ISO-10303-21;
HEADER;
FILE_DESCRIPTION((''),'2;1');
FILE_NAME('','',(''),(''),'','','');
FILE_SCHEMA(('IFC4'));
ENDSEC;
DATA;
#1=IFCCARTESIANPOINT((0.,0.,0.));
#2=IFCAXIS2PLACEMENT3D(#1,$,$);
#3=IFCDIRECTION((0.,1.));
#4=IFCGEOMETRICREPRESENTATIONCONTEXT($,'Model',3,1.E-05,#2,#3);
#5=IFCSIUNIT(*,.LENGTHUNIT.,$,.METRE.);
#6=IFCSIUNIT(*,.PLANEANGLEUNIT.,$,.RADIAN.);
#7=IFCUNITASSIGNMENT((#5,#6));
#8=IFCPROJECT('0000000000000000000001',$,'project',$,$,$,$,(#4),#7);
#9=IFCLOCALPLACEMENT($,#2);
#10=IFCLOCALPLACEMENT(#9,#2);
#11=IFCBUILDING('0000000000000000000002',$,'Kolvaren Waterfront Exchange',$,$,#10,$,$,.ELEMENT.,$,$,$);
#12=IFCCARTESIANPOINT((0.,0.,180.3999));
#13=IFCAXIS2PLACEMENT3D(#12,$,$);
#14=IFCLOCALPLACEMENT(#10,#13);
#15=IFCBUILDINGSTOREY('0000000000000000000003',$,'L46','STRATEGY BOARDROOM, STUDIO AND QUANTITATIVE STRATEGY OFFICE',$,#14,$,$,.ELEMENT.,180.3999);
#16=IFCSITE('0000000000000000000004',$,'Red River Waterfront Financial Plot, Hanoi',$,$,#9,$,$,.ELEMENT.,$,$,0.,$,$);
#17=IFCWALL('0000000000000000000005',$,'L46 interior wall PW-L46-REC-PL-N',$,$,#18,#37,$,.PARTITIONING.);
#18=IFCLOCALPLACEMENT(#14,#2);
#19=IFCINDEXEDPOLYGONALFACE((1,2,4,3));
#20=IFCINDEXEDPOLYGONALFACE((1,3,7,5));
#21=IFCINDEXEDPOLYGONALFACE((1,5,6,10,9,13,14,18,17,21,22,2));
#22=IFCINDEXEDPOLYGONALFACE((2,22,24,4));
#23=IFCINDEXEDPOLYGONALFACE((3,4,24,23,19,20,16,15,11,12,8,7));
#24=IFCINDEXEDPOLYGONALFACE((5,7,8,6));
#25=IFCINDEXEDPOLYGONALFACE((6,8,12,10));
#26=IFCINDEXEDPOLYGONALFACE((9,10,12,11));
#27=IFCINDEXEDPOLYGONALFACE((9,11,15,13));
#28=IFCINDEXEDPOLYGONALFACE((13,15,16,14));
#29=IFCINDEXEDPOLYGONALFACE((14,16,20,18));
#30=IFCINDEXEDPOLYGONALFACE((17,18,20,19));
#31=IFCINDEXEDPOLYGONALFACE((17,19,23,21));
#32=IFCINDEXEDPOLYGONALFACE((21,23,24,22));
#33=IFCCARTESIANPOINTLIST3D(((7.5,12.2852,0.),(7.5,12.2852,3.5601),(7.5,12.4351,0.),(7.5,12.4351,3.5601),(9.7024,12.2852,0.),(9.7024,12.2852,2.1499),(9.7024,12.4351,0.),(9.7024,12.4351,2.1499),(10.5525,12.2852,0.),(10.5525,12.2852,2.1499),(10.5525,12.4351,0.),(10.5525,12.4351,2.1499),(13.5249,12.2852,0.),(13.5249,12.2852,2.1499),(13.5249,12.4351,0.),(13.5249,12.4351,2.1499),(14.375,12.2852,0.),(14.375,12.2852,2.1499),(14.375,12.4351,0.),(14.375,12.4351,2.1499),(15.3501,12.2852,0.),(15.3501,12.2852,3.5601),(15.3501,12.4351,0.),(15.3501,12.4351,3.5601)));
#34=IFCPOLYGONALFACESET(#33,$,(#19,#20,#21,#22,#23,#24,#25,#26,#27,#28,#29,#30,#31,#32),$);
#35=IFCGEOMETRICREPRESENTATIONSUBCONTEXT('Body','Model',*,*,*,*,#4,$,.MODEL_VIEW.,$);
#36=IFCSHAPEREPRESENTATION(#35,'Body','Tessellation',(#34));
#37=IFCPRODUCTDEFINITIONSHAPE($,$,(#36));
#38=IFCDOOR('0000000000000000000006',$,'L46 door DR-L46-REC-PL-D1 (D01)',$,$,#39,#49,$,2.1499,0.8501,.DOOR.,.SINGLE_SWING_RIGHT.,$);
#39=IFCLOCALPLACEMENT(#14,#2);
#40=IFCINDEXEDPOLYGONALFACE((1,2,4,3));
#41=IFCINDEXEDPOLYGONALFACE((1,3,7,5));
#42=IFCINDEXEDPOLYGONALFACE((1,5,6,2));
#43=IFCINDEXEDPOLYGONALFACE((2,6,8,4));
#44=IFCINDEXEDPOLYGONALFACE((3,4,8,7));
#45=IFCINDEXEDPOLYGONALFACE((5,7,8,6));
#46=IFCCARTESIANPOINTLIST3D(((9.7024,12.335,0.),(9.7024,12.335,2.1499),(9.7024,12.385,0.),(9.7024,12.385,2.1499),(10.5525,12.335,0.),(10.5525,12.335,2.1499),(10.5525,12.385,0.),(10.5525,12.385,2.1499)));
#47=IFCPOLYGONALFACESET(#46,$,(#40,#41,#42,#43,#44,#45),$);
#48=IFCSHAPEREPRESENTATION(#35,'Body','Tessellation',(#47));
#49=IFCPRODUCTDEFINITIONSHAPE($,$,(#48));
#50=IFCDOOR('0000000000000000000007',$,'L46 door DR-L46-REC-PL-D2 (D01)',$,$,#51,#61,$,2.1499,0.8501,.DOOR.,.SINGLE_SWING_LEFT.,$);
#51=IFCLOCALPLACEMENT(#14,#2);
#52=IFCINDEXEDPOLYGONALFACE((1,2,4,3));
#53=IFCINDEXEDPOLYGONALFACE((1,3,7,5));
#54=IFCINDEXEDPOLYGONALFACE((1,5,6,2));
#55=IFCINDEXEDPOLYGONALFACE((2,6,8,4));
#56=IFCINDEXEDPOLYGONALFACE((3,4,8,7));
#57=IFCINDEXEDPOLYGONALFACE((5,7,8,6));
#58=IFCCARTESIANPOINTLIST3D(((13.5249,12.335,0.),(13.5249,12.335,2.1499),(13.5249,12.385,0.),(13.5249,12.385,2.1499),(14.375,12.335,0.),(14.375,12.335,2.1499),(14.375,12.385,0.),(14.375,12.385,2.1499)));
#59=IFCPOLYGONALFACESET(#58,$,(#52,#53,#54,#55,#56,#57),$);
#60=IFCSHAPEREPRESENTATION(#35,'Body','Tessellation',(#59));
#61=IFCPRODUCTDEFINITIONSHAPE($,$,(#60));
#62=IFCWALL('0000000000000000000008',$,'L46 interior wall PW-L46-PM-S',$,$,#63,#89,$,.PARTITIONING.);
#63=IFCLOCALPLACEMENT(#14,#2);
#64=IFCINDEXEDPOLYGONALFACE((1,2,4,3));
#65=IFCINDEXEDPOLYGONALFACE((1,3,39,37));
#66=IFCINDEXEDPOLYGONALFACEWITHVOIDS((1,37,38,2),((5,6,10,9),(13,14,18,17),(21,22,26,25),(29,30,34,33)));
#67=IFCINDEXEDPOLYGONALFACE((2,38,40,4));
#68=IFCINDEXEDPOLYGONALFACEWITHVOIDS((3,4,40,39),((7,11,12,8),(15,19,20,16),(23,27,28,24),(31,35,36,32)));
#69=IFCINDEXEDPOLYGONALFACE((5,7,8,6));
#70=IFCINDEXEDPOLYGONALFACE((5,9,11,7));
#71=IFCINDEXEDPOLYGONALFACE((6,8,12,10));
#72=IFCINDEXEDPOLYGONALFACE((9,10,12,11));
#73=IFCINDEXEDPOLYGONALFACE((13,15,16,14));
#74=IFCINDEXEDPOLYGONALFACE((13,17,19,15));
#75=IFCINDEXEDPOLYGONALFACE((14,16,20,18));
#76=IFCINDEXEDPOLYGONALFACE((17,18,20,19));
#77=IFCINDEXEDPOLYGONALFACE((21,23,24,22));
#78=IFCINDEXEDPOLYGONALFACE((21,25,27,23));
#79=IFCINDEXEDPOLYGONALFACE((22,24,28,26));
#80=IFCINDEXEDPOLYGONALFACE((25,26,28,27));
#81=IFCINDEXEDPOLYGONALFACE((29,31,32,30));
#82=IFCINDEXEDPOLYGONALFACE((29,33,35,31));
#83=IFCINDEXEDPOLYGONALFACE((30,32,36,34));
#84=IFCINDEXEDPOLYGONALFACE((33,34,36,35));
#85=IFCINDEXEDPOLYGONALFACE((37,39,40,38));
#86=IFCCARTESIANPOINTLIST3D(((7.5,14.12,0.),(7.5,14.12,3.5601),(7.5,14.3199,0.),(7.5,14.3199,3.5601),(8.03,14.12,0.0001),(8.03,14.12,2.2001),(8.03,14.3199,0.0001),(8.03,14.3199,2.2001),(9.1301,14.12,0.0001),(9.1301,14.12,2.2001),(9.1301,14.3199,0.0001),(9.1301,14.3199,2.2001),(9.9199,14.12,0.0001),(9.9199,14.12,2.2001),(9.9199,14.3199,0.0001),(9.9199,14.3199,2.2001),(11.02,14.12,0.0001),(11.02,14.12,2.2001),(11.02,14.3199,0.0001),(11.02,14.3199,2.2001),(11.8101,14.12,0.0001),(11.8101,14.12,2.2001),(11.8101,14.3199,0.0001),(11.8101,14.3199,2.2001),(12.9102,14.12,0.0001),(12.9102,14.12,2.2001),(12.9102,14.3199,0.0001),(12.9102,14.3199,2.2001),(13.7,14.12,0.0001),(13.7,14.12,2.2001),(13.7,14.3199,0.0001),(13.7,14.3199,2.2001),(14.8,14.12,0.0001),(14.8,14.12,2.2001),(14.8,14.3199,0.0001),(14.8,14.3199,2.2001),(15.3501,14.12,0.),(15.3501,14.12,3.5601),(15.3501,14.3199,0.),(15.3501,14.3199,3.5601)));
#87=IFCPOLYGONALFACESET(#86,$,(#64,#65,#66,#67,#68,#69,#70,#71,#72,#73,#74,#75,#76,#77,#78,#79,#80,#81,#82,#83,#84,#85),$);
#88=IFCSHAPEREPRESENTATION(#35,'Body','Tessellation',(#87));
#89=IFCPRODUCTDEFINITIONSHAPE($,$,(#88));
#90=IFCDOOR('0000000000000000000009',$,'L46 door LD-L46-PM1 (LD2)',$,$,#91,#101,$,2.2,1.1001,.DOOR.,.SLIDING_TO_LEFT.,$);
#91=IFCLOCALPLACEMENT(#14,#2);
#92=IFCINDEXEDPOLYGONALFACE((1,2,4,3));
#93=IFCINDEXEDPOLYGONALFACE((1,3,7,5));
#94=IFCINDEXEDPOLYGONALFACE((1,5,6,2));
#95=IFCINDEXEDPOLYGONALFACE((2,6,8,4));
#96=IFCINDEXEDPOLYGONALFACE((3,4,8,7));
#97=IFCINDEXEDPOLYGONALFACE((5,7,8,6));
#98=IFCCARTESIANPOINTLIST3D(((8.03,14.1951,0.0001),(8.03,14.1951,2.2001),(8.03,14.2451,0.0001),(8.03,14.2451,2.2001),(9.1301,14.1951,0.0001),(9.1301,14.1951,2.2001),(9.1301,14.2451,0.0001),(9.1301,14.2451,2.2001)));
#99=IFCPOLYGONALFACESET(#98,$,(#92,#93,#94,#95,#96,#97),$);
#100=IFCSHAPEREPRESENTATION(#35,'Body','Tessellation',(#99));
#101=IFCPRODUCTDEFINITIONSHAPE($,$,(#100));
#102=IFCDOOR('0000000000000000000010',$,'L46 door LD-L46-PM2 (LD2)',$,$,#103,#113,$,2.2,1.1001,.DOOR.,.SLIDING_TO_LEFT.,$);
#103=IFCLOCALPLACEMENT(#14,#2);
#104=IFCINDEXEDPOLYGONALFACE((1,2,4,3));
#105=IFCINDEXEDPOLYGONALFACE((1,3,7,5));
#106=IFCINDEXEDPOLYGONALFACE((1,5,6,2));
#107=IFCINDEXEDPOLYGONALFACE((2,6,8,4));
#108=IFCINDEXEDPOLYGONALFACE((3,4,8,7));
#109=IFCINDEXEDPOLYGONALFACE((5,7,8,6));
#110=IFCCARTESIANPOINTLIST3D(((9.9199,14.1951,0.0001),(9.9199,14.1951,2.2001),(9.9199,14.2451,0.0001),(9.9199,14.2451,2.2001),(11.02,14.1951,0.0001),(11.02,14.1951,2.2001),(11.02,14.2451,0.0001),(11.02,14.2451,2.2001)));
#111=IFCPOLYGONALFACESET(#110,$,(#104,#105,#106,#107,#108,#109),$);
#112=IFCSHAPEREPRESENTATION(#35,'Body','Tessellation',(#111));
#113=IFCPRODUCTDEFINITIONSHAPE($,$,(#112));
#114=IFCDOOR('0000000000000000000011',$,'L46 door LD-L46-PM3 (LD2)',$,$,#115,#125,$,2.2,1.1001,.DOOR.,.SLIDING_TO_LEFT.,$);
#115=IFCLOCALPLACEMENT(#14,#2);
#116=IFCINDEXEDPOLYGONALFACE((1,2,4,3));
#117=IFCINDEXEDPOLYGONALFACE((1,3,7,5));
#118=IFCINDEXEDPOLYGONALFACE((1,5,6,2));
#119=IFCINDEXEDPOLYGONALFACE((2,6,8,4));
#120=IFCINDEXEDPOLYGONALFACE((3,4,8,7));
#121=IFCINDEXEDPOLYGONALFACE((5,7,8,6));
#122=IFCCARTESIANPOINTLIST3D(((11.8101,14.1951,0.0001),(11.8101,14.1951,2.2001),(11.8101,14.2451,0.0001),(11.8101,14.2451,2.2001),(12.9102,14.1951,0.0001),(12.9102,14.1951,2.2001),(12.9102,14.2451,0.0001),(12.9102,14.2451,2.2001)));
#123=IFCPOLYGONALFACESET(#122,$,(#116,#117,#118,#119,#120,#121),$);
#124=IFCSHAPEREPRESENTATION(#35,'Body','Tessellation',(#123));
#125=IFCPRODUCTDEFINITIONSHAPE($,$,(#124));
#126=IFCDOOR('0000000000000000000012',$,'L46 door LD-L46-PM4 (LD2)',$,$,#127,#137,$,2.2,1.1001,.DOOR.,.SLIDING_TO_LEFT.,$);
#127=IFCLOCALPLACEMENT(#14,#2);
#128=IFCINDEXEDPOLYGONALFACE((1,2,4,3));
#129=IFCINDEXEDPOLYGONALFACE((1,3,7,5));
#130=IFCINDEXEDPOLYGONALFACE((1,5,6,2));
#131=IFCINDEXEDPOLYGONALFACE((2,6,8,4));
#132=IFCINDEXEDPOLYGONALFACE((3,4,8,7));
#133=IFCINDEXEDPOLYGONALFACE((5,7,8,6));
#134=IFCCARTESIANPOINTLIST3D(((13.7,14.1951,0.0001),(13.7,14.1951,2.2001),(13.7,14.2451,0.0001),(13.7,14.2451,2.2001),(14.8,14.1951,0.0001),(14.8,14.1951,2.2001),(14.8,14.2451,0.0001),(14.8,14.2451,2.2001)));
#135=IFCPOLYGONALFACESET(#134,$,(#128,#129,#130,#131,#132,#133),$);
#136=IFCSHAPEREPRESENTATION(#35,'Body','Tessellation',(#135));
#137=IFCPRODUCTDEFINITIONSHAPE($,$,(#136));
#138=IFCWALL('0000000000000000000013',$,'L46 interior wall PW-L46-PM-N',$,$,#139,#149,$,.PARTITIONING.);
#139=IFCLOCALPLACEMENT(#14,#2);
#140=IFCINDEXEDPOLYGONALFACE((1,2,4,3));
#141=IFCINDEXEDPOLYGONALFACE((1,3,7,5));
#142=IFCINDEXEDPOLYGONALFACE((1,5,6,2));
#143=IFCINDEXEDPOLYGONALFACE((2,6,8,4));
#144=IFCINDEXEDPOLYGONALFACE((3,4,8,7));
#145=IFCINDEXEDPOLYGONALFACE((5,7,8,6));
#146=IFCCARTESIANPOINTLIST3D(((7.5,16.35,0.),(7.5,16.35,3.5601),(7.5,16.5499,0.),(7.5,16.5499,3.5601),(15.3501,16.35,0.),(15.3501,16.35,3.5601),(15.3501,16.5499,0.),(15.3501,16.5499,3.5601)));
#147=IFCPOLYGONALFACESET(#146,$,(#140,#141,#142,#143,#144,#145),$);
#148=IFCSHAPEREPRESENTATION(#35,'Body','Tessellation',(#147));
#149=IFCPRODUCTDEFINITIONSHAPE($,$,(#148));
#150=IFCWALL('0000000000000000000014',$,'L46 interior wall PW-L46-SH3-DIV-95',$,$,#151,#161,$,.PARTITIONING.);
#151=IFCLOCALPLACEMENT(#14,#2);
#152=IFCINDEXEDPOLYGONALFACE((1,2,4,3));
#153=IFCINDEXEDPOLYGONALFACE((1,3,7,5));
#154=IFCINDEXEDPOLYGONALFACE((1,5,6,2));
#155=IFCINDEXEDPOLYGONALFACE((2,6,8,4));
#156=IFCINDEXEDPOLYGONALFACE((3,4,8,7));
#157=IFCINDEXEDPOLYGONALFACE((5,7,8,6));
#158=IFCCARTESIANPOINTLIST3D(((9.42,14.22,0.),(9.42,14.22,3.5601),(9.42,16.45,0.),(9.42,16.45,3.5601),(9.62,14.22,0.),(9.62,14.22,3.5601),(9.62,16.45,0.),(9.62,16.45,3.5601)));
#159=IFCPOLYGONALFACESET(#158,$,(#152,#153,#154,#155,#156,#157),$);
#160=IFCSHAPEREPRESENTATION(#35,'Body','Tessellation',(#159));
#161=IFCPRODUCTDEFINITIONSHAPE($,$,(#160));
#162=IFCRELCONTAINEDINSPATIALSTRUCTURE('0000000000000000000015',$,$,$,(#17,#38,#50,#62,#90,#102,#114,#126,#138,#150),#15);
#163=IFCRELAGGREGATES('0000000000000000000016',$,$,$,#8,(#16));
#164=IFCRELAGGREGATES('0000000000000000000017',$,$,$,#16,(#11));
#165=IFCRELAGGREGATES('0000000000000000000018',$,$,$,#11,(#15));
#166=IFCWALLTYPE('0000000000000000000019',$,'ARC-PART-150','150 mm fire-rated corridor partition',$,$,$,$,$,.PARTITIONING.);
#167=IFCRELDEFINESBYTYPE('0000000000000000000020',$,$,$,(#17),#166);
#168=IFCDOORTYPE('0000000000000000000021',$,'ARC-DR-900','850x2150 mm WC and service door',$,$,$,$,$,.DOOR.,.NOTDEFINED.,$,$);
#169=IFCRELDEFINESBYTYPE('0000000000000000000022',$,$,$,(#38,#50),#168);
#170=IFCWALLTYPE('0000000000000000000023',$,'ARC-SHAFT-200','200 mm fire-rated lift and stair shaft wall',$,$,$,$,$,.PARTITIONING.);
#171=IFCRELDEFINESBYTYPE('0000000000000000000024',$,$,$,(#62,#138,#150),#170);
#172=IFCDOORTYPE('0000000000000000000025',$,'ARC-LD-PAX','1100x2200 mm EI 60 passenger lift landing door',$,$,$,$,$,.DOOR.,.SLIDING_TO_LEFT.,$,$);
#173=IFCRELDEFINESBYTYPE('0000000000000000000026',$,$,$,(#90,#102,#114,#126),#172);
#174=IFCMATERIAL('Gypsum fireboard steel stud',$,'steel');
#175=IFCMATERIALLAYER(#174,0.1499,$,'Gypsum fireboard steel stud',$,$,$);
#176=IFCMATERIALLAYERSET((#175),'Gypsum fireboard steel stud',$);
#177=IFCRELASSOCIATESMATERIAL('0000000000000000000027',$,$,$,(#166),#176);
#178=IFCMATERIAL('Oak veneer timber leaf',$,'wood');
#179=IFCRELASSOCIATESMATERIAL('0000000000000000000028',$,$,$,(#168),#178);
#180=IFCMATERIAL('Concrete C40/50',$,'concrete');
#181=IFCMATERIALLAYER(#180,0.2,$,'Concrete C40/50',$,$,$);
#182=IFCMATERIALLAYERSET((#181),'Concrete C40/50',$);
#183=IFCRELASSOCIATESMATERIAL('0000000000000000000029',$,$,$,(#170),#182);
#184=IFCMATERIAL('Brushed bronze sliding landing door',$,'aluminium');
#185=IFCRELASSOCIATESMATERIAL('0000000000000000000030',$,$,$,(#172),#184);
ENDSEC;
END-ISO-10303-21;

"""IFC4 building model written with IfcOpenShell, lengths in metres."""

from ifc_helpers import new_model, si_unit, direction, frame, frame_2d, origin, place, context, subcontext, project, spatial, rectangle, extrude, material, layer, layer_set, type_object, element, fill, save


model = new_model("IFC4")

# Units and contexts
model_context = context("Model", 3, precision=1e-05, world=origin(), true_north=direction((0.0, 1.0)))
body_context = subcontext(model_context, "Body", "Model", "MODEL_VIEW")
ifc_project = project(units=[si_unit("LENGTHUNIT", "METRE"), si_unit("PLANEANGLEUNIT", "RADIAN")], contexts=[model_context])

# Site, building, storey
site_placement = place(None, origin())
site = spatial("IfcSite", under=ifc_project, at=site_placement, Name="Red River Waterfront Financial Plot, Hanoi", CompositionType="ELEMENT", RefElevation=0.0)
building_placement = place(site_placement, origin())
building = spatial("IfcBuilding", under=site, at=building_placement, Name="Kolvaren Waterfront Exchange", CompositionType="ELEMENT")
storey_placement = place(building_placement, frame((0.0, 0.0, 180.3999)))
storey = spatial("IfcBuildingStorey", under=building, at=storey_placement, Name="L46", Description="STRATEGY BOARDROOM, STUDIO AND QUANTITATIVE STRATEGY OFFICE", CompositionType="ELEMENT", Elevation=180.3999)

# Walls, openings, doors
ifc_material_1 = material(Name="Gypsum fireboard steel stud", Category="steel")
ifc_layer_1 = layer(ifc_material_1, 0.1499, Name="Gypsum fireboard steel stud")
ifc_layer_set_1 = layer_set([ifc_layer_1], Name="Gypsum fireboard steel stud")
wall_type_1 = type_object("IfcWallType", Name="ARC-PART-150", Description="150 mm fire-rated corridor partition", PredefinedType="PARTITIONING", material=ifc_layer_set_1)
wall_1_placement = place(storey_placement, frame((7.5, 12.3601, 0.0), z_axis=(0.0, 0.0, 1.0), x_axis=(1.0, 0.0, 0.0)))
wall_1 = element("IfcWall", 1, at=wall_1_placement, inside=storey, type_object=wall_type_1, Name="L46 interior wall PW-L46-REC-PL-N", PredefinedType="PARTITIONING", context=body_context, shape_type="SweptSolid", body=[
    extrude(rectangle(XDim=7.8501, YDim=0.1499, at=frame_2d((3.925, 0.0))), origin(), (0.0, 0.0, 1.0), 3.5601),
])
opening_1_placement = place(wall_1_placement, frame((2.2024, 0.0, 0.0)))
opening_1 = element("IfcOpeningElement", 2, at=opening_1_placement, cuts=wall_1, PredefinedType="OPENING", context=body_context, shape_type="SweptSolid", body=[
    extrude(rectangle(XDim=0.8501, YDim=2.1499, at=frame_2d((0.425, 1.075))), frame((0.0, 0.085, 0.0), z_axis=(0.0, -1.0, 0.0), x_axis=(1.0, 0.0, 0.0)), (0.0, 0.0, 1.0), 0.1699),
])
opening_2_placement = place(wall_1_placement, frame((6.0249, 0.0, 0.0)))
opening_2 = element("IfcOpeningElement", 3, at=opening_2_placement, cuts=wall_1, PredefinedType="OPENING", context=body_context, shape_type="SweptSolid", body=[
    extrude(rectangle(XDim=0.8501, YDim=2.1499, at=frame_2d((0.425, 1.075))), frame((0.0, 0.085, 0.0), z_axis=(0.0, -1.0, 0.0), x_axis=(1.0, 0.0, 0.0)), (0.0, 0.0, 1.0), 0.1699),
])
ifc_material_2 = material(Name="Oak veneer timber leaf", Category="wood")
door_type_1 = type_object("IfcDoorType", Name="ARC-DR-900", Description="850x2150 mm WC and service door", OperationType="NOTDEFINED", PredefinedType="DOOR", material=ifc_material_2)
door_1_placement = place(opening_1_placement, origin())
door_1 = element("IfcDoor", 4, at=door_1_placement, inside=storey, type_object=door_type_1, Name="L46 door DR-L46-REC-PL-D1 (D01)", OperationType="SINGLE_SWING_RIGHT", OverallHeight=2.1499, OverallWidth=0.8501, PredefinedType="DOOR", context=body_context, shape_type="SweptSolid", body=[
    extrude(rectangle(XDim=0.8501, YDim=2.1499, at=frame_2d((0.425, 1.075))), frame((0.0, 0.0249, 0.0), z_axis=(0.0, -1.0, 0.0), x_axis=(1.0, 0.0, 0.0)), (0.0, 0.0, 1.0), 0.05),
])
fill(opening_1, door_1)
door_2_placement = place(opening_2_placement, origin())
door_2 = element("IfcDoor", 5, at=door_2_placement, inside=storey, type_object=door_type_1, Name="L46 door DR-L46-REC-PL-D2 (D01)", OperationType="SINGLE_SWING_LEFT", OverallHeight=2.1499, OverallWidth=0.8501, PredefinedType="DOOR", context=body_context, shape_type="SweptSolid", body=[
    extrude(rectangle(XDim=0.8501, YDim=2.1499, at=frame_2d((0.425, 1.075))), frame((0.0, 0.0249, 0.0), z_axis=(0.0, -1.0, 0.0), x_axis=(1.0, 0.0, 0.0)), (0.0, 0.0, 1.0), 0.05),
])
fill(opening_2, door_2)
ifc_material_3 = material(Name="Concrete C40/50", Category="concrete")
ifc_layer_2 = layer(ifc_material_3, 0.2, Name="Concrete C40/50")
ifc_layer_set_2 = layer_set([ifc_layer_2], Name="Concrete C40/50")
wall_type_2 = type_object("IfcWallType", Name="ARC-SHAFT-200", Description="200 mm fire-rated lift and stair shaft wall", PredefinedType="PARTITIONING", material=ifc_layer_set_2)
wall_2_placement = place(storey_placement, frame((7.5, 14.22, 0.0), z_axis=(0.0, 0.0, 1.0), x_axis=(1.0, 0.0, 0.0)))
wall_2 = element("IfcWall", 6, at=wall_2_placement, inside=storey, type_object=wall_type_2, Name="L46 interior wall PW-L46-PM-S", PredefinedType="PARTITIONING", context=body_context, shape_type="SweptSolid", body=[
    extrude(rectangle(XDim=7.8501, YDim=0.2, at=frame_2d((3.925, 0.0))), origin(), (0.0, 0.0, 1.0), 3.5601),
])
opening_3_placement = place(wall_2_placement, frame((0.53, 0.0, 0.0)))
opening_3 = element("IfcOpeningElement", 7, at=opening_3_placement, cuts=wall_2, PredefinedType="OPENING", context=body_context, shape_type="SweptSolid", body=[
    extrude(rectangle(XDim=1.1001, YDim=2.2, at=frame_2d((0.55, 1.1001))), frame((0.0, 0.1099, 0.0), z_axis=(0.0, -1.0, 0.0), x_axis=(1.0, 0.0, 0.0)), (0.0, 0.0, 1.0), 0.22),
])
opening_4_placement = place(wall_2_placement, frame((2.4199, 0.0, 0.0)))
opening_4 = element("IfcOpeningElement", 8, at=opening_4_placement, cuts=wall_2, PredefinedType="OPENING", context=body_context, shape_type="SweptSolid", body=[
    extrude(rectangle(XDim=1.1001, YDim=2.2, at=frame_2d((0.55, 1.1001))), frame((0.0, 0.1099, 0.0), z_axis=(0.0, -1.0, 0.0), x_axis=(1.0, 0.0, 0.0)), (0.0, 0.0, 1.0), 0.22),
])
opening_5_placement = place(wall_2_placement, frame((4.3101, 0.0, 0.0)))
opening_5 = element("IfcOpeningElement", 9, at=opening_5_placement, cuts=wall_2, PredefinedType="OPENING", context=body_context, shape_type="SweptSolid", body=[
    extrude(rectangle(XDim=1.1001, YDim=2.2, at=frame_2d((0.55, 1.1001))), frame((0.0, 0.1099, 0.0), z_axis=(0.0, -1.0, 0.0), x_axis=(1.0, 0.0, 0.0)), (0.0, 0.0, 1.0), 0.22),
])
opening_6_placement = place(wall_2_placement, frame((6.2, 0.0, 0.0)))
opening_6 = element("IfcOpeningElement", 10, at=opening_6_placement, cuts=wall_2, PredefinedType="OPENING", context=body_context, shape_type="SweptSolid", body=[
    extrude(rectangle(XDim=1.1001, YDim=2.2, at=frame_2d((0.55, 1.1001))), frame((0.0, 0.1099, 0.0), z_axis=(0.0, -1.0, 0.0), x_axis=(1.0, 0.0, 0.0)), (0.0, 0.0, 1.0), 0.22),
])
ifc_material_4 = material(Name="Brushed bronze sliding landing door", Category="aluminium")
door_type_2 = type_object("IfcDoorType", Name="ARC-LD-PAX", Description="1100x2200 mm EI 60 passenger lift landing door", OperationType="SLIDING_TO_LEFT", PredefinedType="DOOR", material=ifc_material_4)
door_3_placement = place(opening_3_placement, frame((1.1001, 0.0, 0.0), z_axis=(0.0, 0.0, 1.0), x_axis=(-1.0, 0.0, 0.0)))
door_3 = element("IfcDoor", 11, at=door_3_placement, inside=storey, type_object=door_type_2, Name="L46 door LD-L46-PM1 (LD2)", OperationType="SLIDING_TO_LEFT", OverallHeight=2.2, OverallWidth=1.1001, PredefinedType="DOOR", context=body_context, shape_type="SweptSolid", body=[
    extrude(rectangle(XDim=1.1001, YDim=2.2, at=frame_2d((0.55, 1.1001))), frame((0.0, 0.0249, 0.0), z_axis=(0.0, -1.0, 0.0), x_axis=(1.0, 0.0, 0.0)), (0.0, 0.0, 1.0), 0.05),
])
fill(opening_3, door_3)
door_4_placement = place(opening_4_placement, frame((1.1001, 0.0, 0.0), z_axis=(0.0, 0.0, 1.0), x_axis=(-1.0, 0.0, 0.0)))
door_4 = element("IfcDoor", 12, at=door_4_placement, inside=storey, type_object=door_type_2, Name="L46 door LD-L46-PM2 (LD2)", OperationType="SLIDING_TO_LEFT", OverallHeight=2.2, OverallWidth=1.1001, PredefinedType="DOOR", context=body_context, shape_type="SweptSolid", body=[
    extrude(rectangle(XDim=1.1001, YDim=2.2, at=frame_2d((0.55, 1.1001))), frame((0.0, 0.0249, 0.0), z_axis=(0.0, -1.0, 0.0), x_axis=(1.0, 0.0, 0.0)), (0.0, 0.0, 1.0), 0.05),
])
fill(opening_4, door_4)
door_5_placement = place(opening_5_placement, frame((1.1001, 0.0, 0.0), z_axis=(0.0, 0.0, 1.0), x_axis=(-1.0, 0.0, 0.0)))
door_5 = element("IfcDoor", 13, at=door_5_placement, inside=storey, type_object=door_type_2, Name="L46 door LD-L46-PM3 (LD2)", OperationType="SLIDING_TO_LEFT", OverallHeight=2.2, OverallWidth=1.1001, PredefinedType="DOOR", context=body_context, shape_type="SweptSolid", body=[
    extrude(rectangle(XDim=1.1001, YDim=2.2, at=frame_2d((0.55, 1.1001))), frame((0.0, 0.0249, 0.0), z_axis=(0.0, -1.0, 0.0), x_axis=(1.0, 0.0, 0.0)), (0.0, 0.0, 1.0), 0.05),
])
fill(opening_5, door_5)
door_6_placement = place(opening_6_placement, frame((1.1001, 0.0, 0.0), z_axis=(0.0, 0.0, 1.0), x_axis=(-1.0, 0.0, 0.0)))
door_6 = element("IfcDoor", 14, at=door_6_placement, inside=storey, type_object=door_type_2, Name="L46 door LD-L46-PM4 (LD2)", OperationType="SLIDING_TO_LEFT", OverallHeight=2.2, OverallWidth=1.1001, PredefinedType="DOOR", context=body_context, shape_type="SweptSolid", body=[
    extrude(rectangle(XDim=1.1001, YDim=2.2, at=frame_2d((0.55, 1.1001))), frame((0.0, 0.0249, 0.0), z_axis=(0.0, -1.0, 0.0), x_axis=(1.0, 0.0, 0.0)), (0.0, 0.0, 1.0), 0.05),
])
fill(opening_6, door_6)

# Walls
wall_3_placement = place(storey_placement, frame((7.5, 16.45, 0.0), z_axis=(0.0, 0.0, 1.0), x_axis=(1.0, 0.0, 0.0)))
element("IfcWall", 15, at=wall_3_placement, inside=storey, type_object=wall_type_2, Name="L46 interior wall PW-L46-PM-N", PredefinedType="PARTITIONING", context=body_context, shape_type="SweptSolid", body=[
    extrude(rectangle(XDim=7.8501, YDim=0.2, at=frame_2d((3.925, 0.0))), origin(), (0.0, 0.0, 1.0), 3.5601),
])
for number, where, z_axis, x_axis, name in (
    (16, (9.52, 14.22, 0.0), (0.0, 0.0, 1.0), (0.0, 1.0, 0.0), "L46 interior wall PW-L46-SH3-DIV-95"),
):
    element("IfcWall", number, at=place(storey_placement, frame(where, z_axis=z_axis, x_axis=x_axis)), inside=storey, type_object=wall_type_2, Name=name, PredefinedType="PARTITIONING", context=body_context, shape_type="SweptSolid", body=[
        extrude(rectangle(XDim=2.23, YDim=0.2, at=frame_2d((1.115, 0.0))), origin(), (0.0, 0.0, 1.0), 3.5601),
    ])

save(model, "model.ifc")
